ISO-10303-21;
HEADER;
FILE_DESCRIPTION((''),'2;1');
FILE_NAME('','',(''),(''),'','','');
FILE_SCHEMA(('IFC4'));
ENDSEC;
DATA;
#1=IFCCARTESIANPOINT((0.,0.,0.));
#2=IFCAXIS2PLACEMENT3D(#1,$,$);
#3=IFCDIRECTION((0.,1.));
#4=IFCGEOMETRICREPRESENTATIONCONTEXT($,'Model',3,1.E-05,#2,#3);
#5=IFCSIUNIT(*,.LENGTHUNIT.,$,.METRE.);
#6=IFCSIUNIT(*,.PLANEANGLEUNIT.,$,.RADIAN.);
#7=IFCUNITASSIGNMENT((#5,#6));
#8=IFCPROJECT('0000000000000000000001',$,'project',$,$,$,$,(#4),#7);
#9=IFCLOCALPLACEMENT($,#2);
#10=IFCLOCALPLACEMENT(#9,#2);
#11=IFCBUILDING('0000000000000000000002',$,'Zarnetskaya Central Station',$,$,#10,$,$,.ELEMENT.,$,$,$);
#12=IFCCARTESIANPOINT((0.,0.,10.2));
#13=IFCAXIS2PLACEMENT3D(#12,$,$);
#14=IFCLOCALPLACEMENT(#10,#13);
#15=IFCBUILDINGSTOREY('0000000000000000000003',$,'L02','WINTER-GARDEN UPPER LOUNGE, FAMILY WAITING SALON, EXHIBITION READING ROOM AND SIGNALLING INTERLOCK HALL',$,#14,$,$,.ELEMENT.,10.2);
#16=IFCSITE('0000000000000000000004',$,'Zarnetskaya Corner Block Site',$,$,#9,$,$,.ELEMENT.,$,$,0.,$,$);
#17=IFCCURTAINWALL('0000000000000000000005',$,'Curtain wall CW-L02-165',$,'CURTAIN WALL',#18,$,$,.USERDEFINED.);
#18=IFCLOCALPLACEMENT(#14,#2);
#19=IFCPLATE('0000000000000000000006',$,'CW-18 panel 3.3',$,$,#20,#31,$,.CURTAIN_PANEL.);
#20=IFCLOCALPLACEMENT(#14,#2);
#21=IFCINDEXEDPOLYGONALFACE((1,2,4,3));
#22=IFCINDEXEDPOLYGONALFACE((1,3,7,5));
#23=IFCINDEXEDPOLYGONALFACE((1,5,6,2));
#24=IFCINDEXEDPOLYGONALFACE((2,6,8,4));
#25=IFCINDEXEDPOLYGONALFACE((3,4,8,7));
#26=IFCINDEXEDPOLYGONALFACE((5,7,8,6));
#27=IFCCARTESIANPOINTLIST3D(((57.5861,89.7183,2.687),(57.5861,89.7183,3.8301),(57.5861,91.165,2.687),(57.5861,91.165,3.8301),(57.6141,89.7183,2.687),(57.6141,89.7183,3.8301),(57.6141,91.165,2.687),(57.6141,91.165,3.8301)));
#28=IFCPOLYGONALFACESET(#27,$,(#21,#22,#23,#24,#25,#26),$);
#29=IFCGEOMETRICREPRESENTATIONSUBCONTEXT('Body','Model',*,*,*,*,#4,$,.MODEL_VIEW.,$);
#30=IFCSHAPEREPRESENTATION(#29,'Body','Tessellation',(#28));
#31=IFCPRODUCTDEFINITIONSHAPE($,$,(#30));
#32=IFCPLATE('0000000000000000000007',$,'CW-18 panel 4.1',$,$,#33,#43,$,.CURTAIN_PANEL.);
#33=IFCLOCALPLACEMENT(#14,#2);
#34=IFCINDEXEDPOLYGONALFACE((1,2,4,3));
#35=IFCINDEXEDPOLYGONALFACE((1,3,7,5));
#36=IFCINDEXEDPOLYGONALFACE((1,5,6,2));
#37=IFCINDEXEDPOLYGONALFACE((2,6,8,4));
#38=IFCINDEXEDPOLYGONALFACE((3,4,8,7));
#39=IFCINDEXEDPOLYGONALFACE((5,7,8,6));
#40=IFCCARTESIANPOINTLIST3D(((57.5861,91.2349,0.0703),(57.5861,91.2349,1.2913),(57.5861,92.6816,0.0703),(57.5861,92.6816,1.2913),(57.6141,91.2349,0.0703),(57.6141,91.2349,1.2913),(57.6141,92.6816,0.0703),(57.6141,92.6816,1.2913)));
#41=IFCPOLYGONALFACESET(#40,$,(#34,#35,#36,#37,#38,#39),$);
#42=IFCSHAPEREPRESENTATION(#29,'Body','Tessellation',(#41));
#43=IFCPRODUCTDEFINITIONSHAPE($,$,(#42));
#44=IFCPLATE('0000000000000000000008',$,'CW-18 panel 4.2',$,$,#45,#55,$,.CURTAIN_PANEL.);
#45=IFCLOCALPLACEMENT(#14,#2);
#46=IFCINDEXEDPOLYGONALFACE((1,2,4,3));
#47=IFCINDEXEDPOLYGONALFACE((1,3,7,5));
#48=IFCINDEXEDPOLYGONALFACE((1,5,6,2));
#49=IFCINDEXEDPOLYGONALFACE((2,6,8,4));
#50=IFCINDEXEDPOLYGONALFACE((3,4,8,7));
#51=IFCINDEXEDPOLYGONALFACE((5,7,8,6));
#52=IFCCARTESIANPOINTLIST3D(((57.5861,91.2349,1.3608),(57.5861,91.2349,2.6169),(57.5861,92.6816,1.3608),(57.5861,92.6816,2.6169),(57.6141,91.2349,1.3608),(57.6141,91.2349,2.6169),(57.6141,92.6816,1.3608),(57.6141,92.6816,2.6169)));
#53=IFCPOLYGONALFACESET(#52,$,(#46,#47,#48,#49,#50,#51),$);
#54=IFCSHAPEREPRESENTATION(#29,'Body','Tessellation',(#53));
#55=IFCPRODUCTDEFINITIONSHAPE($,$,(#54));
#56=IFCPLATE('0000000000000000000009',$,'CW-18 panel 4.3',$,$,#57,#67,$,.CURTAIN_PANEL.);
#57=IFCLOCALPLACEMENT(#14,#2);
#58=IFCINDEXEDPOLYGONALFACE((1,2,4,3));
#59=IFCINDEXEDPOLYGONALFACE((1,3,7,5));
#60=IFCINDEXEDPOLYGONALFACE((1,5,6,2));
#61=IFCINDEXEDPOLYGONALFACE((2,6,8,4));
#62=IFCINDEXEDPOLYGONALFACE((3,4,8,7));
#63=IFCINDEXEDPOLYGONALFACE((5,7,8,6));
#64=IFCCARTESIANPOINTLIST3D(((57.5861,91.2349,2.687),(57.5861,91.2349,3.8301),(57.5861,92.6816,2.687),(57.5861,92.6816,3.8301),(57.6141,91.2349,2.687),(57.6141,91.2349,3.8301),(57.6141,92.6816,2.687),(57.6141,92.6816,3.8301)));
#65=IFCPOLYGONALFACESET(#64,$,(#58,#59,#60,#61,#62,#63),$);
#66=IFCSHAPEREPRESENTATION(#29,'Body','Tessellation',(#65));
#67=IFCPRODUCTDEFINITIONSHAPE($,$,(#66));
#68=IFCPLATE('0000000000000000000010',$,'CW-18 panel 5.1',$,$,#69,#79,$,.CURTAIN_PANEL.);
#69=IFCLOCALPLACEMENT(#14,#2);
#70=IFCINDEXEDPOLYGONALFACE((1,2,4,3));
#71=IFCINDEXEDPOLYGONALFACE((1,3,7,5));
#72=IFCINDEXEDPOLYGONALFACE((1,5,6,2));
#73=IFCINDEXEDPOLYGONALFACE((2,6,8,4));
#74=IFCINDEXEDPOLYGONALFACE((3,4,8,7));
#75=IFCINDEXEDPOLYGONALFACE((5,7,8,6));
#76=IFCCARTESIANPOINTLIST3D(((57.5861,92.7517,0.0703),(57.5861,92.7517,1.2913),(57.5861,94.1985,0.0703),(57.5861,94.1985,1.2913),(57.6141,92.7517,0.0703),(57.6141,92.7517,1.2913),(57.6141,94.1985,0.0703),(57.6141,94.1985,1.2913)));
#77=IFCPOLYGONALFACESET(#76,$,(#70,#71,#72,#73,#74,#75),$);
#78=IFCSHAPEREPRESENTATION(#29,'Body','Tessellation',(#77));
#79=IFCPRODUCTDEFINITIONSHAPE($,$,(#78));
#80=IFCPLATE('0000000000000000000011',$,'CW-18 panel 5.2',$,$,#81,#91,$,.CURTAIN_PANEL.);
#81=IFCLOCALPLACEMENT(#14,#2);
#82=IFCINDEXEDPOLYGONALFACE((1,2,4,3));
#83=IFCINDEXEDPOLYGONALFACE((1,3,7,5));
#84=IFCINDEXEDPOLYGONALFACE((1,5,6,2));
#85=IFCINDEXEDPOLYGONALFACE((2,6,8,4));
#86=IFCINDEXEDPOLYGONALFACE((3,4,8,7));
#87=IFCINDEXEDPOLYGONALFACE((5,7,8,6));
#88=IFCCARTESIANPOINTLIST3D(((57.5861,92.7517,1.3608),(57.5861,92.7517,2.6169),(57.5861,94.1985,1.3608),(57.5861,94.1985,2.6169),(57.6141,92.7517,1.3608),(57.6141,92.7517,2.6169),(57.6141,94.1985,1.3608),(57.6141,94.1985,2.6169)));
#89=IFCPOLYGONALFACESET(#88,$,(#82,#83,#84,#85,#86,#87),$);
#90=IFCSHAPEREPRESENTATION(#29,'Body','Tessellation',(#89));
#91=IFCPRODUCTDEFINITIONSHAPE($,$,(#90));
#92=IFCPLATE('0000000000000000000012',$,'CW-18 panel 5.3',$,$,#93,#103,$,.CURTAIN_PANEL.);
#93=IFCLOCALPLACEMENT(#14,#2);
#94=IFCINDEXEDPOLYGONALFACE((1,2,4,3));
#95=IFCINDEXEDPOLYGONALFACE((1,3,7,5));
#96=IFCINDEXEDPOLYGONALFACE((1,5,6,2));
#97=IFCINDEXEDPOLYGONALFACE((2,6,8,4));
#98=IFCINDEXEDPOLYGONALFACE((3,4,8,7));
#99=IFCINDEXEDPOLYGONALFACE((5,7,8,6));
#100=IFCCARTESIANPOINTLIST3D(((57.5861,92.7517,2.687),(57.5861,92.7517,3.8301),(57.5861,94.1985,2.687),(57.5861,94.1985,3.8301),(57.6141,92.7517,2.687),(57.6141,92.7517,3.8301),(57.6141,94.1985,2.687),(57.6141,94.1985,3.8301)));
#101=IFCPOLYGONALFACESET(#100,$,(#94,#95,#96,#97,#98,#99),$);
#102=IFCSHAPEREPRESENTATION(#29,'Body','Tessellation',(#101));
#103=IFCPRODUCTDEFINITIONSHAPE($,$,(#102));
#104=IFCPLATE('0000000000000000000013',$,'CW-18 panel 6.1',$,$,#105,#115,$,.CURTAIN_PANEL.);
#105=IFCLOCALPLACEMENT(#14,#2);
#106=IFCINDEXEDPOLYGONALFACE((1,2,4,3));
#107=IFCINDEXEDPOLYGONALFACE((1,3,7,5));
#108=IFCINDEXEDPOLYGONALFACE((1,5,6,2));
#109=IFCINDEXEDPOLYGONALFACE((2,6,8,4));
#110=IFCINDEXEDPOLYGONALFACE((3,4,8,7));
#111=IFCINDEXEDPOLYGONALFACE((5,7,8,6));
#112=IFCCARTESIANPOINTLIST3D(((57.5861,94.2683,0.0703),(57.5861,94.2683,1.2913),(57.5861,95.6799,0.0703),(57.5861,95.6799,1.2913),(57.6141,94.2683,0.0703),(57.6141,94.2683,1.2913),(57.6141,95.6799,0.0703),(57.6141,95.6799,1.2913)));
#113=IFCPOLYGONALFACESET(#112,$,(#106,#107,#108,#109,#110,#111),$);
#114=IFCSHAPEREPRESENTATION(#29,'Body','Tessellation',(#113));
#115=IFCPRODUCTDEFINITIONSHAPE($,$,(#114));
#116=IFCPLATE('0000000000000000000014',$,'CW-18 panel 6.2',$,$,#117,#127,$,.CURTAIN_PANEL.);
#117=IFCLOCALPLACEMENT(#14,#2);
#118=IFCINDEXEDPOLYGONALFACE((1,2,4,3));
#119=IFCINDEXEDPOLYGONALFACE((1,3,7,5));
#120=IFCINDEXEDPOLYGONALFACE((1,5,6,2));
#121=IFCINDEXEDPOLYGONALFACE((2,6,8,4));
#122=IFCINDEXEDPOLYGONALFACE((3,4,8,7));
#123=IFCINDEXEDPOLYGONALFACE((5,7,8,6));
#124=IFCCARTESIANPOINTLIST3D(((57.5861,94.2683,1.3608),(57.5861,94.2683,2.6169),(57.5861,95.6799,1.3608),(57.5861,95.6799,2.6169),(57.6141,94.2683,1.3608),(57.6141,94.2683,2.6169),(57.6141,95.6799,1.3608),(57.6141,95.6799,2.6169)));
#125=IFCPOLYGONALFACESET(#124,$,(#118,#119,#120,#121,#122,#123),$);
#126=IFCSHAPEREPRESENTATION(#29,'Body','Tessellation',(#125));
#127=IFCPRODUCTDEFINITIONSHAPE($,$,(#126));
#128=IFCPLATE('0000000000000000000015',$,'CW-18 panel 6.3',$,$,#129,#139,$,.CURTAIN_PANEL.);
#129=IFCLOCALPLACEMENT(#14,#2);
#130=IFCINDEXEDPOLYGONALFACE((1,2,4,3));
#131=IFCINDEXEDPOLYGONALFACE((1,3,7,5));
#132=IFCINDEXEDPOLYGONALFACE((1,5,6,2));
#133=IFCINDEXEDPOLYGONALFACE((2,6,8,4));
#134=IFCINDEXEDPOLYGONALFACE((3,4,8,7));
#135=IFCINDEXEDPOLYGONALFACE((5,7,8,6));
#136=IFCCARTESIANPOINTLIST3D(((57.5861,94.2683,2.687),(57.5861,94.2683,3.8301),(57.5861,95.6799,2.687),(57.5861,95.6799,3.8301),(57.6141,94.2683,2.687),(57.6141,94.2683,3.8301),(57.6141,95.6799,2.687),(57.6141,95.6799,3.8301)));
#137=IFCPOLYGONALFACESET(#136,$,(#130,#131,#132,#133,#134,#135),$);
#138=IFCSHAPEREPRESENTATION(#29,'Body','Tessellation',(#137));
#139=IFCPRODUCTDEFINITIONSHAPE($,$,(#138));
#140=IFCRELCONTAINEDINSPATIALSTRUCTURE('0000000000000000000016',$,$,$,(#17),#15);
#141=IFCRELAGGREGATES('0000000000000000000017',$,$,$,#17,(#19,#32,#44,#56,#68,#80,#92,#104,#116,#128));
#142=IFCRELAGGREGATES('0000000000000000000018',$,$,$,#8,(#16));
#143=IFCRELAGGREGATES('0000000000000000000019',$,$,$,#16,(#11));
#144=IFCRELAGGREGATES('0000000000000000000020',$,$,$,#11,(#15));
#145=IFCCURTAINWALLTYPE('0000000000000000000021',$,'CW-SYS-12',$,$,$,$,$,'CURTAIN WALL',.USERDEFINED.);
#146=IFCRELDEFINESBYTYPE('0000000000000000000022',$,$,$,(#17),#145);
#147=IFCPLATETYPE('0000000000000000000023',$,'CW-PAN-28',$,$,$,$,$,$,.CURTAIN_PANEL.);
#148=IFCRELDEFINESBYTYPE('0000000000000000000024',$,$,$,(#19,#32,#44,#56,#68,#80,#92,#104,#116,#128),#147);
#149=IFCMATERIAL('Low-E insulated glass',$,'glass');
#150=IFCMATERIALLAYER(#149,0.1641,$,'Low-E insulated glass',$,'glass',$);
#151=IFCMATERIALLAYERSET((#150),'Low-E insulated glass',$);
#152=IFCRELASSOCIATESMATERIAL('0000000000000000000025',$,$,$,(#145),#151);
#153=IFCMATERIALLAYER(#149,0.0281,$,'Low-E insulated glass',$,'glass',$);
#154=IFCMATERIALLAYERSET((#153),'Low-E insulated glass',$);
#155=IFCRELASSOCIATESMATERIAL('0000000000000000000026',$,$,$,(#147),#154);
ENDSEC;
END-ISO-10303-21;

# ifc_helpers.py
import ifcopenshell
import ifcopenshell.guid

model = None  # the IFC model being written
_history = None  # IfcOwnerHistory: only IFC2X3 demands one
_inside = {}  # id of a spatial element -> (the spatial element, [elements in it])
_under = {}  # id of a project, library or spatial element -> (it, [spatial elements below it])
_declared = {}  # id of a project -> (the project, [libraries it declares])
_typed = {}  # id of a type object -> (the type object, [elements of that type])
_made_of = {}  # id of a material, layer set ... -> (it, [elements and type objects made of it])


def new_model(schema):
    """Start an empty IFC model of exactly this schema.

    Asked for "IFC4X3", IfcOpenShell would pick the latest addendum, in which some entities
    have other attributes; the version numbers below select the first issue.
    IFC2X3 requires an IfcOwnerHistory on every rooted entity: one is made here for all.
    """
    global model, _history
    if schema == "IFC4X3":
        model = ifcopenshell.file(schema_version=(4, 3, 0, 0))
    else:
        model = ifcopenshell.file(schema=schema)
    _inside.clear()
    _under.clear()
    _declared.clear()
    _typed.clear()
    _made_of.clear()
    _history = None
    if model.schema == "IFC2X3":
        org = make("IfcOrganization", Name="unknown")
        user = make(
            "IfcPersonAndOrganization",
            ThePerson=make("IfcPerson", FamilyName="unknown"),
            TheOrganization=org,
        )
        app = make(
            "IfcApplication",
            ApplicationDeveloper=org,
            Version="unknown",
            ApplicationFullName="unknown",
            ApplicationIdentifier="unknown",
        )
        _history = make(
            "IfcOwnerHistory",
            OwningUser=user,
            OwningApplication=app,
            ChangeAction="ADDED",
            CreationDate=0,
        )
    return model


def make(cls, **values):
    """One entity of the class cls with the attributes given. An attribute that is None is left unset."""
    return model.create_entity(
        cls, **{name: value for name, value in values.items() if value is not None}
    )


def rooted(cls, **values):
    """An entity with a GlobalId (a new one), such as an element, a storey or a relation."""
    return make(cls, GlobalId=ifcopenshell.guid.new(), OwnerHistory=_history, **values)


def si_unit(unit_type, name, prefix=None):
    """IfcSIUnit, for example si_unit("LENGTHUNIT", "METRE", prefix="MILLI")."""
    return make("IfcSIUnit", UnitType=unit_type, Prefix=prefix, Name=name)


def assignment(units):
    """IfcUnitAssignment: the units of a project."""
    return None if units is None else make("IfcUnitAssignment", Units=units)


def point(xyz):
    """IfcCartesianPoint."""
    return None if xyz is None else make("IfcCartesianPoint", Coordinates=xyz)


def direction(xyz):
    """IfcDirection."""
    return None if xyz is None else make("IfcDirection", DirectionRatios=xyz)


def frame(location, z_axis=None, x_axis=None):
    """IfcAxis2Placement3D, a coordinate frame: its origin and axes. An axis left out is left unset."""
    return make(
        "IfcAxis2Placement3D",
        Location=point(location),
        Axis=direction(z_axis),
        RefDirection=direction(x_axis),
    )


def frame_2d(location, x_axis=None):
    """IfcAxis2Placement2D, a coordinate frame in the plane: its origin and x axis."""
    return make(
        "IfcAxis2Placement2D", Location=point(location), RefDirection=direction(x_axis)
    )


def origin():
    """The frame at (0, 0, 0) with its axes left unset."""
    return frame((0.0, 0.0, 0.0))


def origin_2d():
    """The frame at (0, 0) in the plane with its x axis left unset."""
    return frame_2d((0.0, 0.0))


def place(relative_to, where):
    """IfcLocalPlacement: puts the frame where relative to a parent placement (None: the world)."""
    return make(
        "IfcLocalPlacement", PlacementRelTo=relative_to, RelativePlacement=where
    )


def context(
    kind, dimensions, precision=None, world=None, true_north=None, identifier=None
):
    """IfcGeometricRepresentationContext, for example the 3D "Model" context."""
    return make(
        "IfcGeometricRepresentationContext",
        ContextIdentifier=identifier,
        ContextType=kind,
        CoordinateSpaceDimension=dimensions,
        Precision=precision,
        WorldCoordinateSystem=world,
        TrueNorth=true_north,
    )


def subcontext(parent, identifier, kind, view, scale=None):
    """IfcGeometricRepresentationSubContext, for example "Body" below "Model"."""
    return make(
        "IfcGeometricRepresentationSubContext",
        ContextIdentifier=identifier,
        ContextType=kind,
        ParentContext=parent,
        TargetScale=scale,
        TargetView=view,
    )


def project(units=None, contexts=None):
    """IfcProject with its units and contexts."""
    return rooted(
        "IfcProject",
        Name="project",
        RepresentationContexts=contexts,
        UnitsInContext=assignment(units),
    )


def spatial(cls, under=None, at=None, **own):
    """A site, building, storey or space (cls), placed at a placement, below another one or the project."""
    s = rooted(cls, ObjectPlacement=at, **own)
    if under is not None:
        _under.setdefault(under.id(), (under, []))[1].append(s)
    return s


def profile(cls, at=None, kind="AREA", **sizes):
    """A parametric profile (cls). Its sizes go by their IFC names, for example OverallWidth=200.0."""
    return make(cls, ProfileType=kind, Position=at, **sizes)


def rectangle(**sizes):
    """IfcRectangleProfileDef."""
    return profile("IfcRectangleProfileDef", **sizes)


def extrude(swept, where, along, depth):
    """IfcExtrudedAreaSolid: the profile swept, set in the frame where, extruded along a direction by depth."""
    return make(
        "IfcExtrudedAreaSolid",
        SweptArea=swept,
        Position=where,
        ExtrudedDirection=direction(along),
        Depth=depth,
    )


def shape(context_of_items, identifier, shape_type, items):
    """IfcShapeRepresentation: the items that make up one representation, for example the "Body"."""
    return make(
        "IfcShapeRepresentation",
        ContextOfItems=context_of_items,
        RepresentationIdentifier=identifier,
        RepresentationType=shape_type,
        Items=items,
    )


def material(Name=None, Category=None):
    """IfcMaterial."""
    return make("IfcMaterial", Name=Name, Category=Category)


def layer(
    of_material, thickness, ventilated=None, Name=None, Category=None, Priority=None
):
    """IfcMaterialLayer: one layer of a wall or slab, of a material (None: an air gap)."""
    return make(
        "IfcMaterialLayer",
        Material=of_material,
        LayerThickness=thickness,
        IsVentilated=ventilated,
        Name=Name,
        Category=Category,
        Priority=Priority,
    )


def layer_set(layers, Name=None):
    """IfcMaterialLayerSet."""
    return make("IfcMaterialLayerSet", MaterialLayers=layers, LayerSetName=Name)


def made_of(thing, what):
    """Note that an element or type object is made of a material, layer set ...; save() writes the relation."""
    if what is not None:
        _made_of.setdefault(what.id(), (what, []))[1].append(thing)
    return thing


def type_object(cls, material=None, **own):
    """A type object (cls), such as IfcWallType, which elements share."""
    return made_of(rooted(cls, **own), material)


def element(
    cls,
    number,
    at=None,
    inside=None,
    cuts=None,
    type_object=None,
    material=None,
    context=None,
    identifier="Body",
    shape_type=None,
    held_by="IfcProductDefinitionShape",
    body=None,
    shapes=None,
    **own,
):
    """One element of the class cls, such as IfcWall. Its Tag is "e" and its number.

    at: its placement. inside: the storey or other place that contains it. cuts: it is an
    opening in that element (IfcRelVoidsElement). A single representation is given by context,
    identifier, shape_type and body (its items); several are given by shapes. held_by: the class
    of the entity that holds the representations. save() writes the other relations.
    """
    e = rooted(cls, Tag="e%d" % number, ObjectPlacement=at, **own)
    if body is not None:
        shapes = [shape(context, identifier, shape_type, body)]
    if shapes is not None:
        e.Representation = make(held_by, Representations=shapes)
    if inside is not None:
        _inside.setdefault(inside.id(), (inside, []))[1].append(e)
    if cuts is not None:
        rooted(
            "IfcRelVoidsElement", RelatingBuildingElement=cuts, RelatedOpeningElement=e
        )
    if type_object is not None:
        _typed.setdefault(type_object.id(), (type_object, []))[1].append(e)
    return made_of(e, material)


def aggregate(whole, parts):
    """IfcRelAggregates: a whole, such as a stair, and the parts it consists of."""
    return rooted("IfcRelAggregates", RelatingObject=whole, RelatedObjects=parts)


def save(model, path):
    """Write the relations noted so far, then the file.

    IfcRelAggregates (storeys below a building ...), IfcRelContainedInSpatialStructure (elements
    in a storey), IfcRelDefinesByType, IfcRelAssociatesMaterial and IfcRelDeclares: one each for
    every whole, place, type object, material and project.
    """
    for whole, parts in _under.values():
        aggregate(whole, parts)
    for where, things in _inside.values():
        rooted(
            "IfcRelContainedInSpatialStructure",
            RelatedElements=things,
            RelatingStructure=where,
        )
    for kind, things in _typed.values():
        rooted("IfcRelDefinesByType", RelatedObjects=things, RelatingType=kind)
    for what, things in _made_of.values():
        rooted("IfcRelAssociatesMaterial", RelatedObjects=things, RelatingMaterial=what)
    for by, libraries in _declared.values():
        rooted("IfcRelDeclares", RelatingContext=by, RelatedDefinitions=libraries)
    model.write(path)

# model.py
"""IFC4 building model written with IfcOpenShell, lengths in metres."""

from ifc_helpers import new_model, si_unit, direction, frame, origin, origin_2d, place, context, subcontext, project, spatial, rectangle, extrude, material, layer, layer_set, type_object, element, aggregate, save


model = new_model("IFC4")

# Units and contexts
model_context = context("Model", 3, precision=1e-05, world=origin(), true_north=direction((0.0, 1.0)))
body_context = subcontext(model_context, "Body", "Model", "MODEL_VIEW")
ifc_project = project(units=[si_unit("LENGTHUNIT", "METRE"), si_unit("PLANEANGLEUNIT", "RADIAN")], contexts=[model_context])

# Site, building, storey
site_placement = place(None, origin())
site = spatial("IfcSite", under=ifc_project, at=site_placement, Name="Zarnetskaya Corner Block Site", CompositionType="ELEMENT", RefElevation=0.0)
building_placement = place(site_placement, origin())
building = spatial("IfcBuilding", under=site, at=building_placement, Name="Zarnetskaya Central Station", CompositionType="ELEMENT")
storey_placement = place(building_placement, frame((0.0, 0.0, 10.2)))
storey = spatial("IfcBuildingStorey", under=building, at=storey_placement, Name="L02", Description="WINTER-GARDEN UPPER LOUNGE, FAMILY WAITING SALON, EXHIBITION READING ROOM AND SIGNALLING INTERLOCK HALL", CompositionType="ELEMENT", Elevation=10.2)

# Curtain wall, plates
ifc_material_1 = material(Name="Low-E insulated glass", Category="glass")
ifc_layer_1 = layer(ifc_material_1, 0.1641, Name="Low-E insulated glass", Category="glass")
ifc_layer_set_1 = layer_set([ifc_layer_1], Name="Low-E insulated glass")
curtain_wall_type = type_object("IfcCurtainWallType", Name="CW-SYS-12", ElementType="CURTAIN WALL", PredefinedType="USERDEFINED", material=ifc_layer_set_1)
curtain_wall_placement = place(storey_placement, origin())
curtain_wall = element("IfcCurtainWall", 1, at=curtain_wall_placement, inside=storey, type_object=curtain_wall_type, Name="Curtain wall CW-L02-165", ObjectType="CURTAIN WALL", PredefinedType="USERDEFINED")
ifc_layer_2 = layer(ifc_material_1, 0.0281, Name="Low-E insulated glass", Category="glass")
ifc_layer_set_2 = layer_set([ifc_layer_2], Name="Low-E insulated glass")
plate_type = type_object("IfcPlateType", Name="CW-PAN-28", PredefinedType="CURTAIN_PANEL", material=ifc_layer_set_2)
plate_1_placement = place(storey_placement, frame((57.6001, 90.4417, 2.687), z_axis=(0.0, 0.0, 1.0), x_axis=(0.0, 1.0, 0.0)))
plate_1 = element("IfcPlate", 2, at=plate_1_placement, type_object=plate_type, Name="CW-18 panel 3.3", PredefinedType="CURTAIN_PANEL", context=body_context, shape_type="SweptSolid", body=[
    extrude(rectangle(XDim=1.4468, YDim=0.0281, at=origin_2d()), origin(), (0.0, 0.0, 1.0), 1.1431),
])
plate_2_placement = place(storey_placement, frame((57.6001, 91.9583, 0.0703), z_axis=(0.0, 0.0, 1.0), x_axis=(0.0, 1.0, 0.0)))
plate_2 = element("IfcPlate", 3, at=plate_2_placement, type_object=plate_type, Name="CW-18 panel 4.1", PredefinedType="CURTAIN_PANEL", context=body_context, shape_type="SweptSolid", body=[
    extrude(rectangle(XDim=1.4468, YDim=0.0281, at=origin_2d()), origin(), (0.0, 0.0, 1.0), 1.2209),
])
plate_3_placement = place(storey_placement, frame((57.6001, 91.9583, 1.3608), z_axis=(0.0, 0.0, 1.0), x_axis=(0.0, 1.0, 0.0)))
plate_3 = element("IfcPlate", 4, at=plate_3_placement, type_object=plate_type, Name="CW-18 panel 4.2", PredefinedType="CURTAIN_PANEL", context=body_context, shape_type="SweptSolid", body=[
    extrude(rectangle(XDim=1.4468, YDim=0.0281, at=origin_2d()), origin(), (0.0, 0.0, 1.0), 1.2561),
])
plate_4_placement = place(storey_placement, frame((57.6001, 91.9583, 2.687), z_axis=(0.0, 0.0, 1.0), x_axis=(0.0, 1.0, 0.0)))
plate_4 = element("IfcPlate", 5, at=plate_4_placement, type_object=plate_type, Name="CW-18 panel 4.3", PredefinedType="CURTAIN_PANEL", context=body_context, shape_type="SweptSolid", body=[
    extrude(rectangle(XDim=1.4468, YDim=0.0281, at=origin_2d()), origin(), (0.0, 0.0, 1.0), 1.1431),
])
plate_5_placement = place(storey_placement, frame((57.6001, 93.4751, 0.0703), z_axis=(0.0, 0.0, 1.0), x_axis=(0.0, 1.0, 0.0)))
plate_5 = element("IfcPlate", 6, at=plate_5_placement, type_object=plate_type, Name="CW-18 panel 5.1", PredefinedType="CURTAIN_PANEL", context=body_context, shape_type="SweptSolid", body=[
    extrude(rectangle(XDim=1.4468, YDim=0.0281, at=origin_2d()), origin(), (0.0, 0.0, 1.0), 1.2209),
])
plate_6_placement = place(storey_placement, frame((57.6001, 93.4751, 1.3608), z_axis=(0.0, 0.0, 1.0), x_axis=(0.0, 1.0, 0.0)))
plate_6 = element("IfcPlate", 7, at=plate_6_placement, type_object=plate_type, Name="CW-18 panel 5.2", PredefinedType="CURTAIN_PANEL", context=body_context, shape_type="SweptSolid", body=[
    extrude(rectangle(XDim=1.4468, YDim=0.0281, at=origin_2d()), origin(), (0.0, 0.0, 1.0), 1.2561),
])
plate_7_placement = place(storey_placement, frame((57.6001, 93.4751, 2.687), z_axis=(0.0, 0.0, 1.0), x_axis=(0.0, 1.0, 0.0)))
plate_7 = element("IfcPlate", 8, at=plate_7_placement, type_object=plate_type, Name="CW-18 panel 5.3", PredefinedType="CURTAIN_PANEL", context=body_context, shape_type="SweptSolid", body=[
    extrude(rectangle(XDim=1.4468, YDim=0.0281, at=origin_2d()), origin(), (0.0, 0.0, 1.0), 1.1431),
])
plate_8_placement = place(storey_placement, frame((57.6001, 94.9741, 0.0703), z_axis=(0.0, 0.0, 1.0), x_axis=(0.0, 1.0, 0.0)))
plate_8 = element("IfcPlate", 9, at=plate_8_placement, type_object=plate_type, Name="CW-18 panel 6.1", PredefinedType="CURTAIN_PANEL", context=body_context, shape_type="SweptSolid", body=[
    extrude(rectangle(XDim=1.4116, YDim=0.0281, at=origin_2d()), origin(), (0.0, 0.0, 1.0), 1.2209),
])
plate_9_placement = place(storey_placement, frame((57.6001, 94.9741, 1.3608), z_axis=(0.0, 0.0, 1.0), x_axis=(0.0, 1.0, 0.0)))
plate_9 = element("IfcPlate", 10, at=plate_9_placement, type_object=plate_type, Name="CW-18 panel 6.2", PredefinedType="CURTAIN_PANEL", context=body_context, shape_type="SweptSolid", body=[
    extrude(rectangle(XDim=1.4116, YDim=0.0281, at=origin_2d()), origin(), (0.0, 0.0, 1.0), 1.2561),
])
plate_10_placement = place(storey_placement, frame((57.6001, 94.9741, 2.687), z_axis=(0.0, 0.0, 1.0), x_axis=(0.0, 1.0, 0.0)))
plate_10 = element("IfcPlate", 11, at=plate_10_placement, type_object=plate_type, Name="CW-18 panel 6.3", PredefinedType="CURTAIN_PANEL", context=body_context, shape_type="SweptSolid", body=[
    extrude(rectangle(XDim=1.4116, YDim=0.0281, at=origin_2d()), origin(), (0.0, 0.0, 1.0), 1.1431),
])
aggregate(curtain_wall, [plate_1, plate_2, plate_3, plate_4, plate_5, plate_6, plate_7, plate_8, plate_9, plate_10])

save(model, "model.ifc")
